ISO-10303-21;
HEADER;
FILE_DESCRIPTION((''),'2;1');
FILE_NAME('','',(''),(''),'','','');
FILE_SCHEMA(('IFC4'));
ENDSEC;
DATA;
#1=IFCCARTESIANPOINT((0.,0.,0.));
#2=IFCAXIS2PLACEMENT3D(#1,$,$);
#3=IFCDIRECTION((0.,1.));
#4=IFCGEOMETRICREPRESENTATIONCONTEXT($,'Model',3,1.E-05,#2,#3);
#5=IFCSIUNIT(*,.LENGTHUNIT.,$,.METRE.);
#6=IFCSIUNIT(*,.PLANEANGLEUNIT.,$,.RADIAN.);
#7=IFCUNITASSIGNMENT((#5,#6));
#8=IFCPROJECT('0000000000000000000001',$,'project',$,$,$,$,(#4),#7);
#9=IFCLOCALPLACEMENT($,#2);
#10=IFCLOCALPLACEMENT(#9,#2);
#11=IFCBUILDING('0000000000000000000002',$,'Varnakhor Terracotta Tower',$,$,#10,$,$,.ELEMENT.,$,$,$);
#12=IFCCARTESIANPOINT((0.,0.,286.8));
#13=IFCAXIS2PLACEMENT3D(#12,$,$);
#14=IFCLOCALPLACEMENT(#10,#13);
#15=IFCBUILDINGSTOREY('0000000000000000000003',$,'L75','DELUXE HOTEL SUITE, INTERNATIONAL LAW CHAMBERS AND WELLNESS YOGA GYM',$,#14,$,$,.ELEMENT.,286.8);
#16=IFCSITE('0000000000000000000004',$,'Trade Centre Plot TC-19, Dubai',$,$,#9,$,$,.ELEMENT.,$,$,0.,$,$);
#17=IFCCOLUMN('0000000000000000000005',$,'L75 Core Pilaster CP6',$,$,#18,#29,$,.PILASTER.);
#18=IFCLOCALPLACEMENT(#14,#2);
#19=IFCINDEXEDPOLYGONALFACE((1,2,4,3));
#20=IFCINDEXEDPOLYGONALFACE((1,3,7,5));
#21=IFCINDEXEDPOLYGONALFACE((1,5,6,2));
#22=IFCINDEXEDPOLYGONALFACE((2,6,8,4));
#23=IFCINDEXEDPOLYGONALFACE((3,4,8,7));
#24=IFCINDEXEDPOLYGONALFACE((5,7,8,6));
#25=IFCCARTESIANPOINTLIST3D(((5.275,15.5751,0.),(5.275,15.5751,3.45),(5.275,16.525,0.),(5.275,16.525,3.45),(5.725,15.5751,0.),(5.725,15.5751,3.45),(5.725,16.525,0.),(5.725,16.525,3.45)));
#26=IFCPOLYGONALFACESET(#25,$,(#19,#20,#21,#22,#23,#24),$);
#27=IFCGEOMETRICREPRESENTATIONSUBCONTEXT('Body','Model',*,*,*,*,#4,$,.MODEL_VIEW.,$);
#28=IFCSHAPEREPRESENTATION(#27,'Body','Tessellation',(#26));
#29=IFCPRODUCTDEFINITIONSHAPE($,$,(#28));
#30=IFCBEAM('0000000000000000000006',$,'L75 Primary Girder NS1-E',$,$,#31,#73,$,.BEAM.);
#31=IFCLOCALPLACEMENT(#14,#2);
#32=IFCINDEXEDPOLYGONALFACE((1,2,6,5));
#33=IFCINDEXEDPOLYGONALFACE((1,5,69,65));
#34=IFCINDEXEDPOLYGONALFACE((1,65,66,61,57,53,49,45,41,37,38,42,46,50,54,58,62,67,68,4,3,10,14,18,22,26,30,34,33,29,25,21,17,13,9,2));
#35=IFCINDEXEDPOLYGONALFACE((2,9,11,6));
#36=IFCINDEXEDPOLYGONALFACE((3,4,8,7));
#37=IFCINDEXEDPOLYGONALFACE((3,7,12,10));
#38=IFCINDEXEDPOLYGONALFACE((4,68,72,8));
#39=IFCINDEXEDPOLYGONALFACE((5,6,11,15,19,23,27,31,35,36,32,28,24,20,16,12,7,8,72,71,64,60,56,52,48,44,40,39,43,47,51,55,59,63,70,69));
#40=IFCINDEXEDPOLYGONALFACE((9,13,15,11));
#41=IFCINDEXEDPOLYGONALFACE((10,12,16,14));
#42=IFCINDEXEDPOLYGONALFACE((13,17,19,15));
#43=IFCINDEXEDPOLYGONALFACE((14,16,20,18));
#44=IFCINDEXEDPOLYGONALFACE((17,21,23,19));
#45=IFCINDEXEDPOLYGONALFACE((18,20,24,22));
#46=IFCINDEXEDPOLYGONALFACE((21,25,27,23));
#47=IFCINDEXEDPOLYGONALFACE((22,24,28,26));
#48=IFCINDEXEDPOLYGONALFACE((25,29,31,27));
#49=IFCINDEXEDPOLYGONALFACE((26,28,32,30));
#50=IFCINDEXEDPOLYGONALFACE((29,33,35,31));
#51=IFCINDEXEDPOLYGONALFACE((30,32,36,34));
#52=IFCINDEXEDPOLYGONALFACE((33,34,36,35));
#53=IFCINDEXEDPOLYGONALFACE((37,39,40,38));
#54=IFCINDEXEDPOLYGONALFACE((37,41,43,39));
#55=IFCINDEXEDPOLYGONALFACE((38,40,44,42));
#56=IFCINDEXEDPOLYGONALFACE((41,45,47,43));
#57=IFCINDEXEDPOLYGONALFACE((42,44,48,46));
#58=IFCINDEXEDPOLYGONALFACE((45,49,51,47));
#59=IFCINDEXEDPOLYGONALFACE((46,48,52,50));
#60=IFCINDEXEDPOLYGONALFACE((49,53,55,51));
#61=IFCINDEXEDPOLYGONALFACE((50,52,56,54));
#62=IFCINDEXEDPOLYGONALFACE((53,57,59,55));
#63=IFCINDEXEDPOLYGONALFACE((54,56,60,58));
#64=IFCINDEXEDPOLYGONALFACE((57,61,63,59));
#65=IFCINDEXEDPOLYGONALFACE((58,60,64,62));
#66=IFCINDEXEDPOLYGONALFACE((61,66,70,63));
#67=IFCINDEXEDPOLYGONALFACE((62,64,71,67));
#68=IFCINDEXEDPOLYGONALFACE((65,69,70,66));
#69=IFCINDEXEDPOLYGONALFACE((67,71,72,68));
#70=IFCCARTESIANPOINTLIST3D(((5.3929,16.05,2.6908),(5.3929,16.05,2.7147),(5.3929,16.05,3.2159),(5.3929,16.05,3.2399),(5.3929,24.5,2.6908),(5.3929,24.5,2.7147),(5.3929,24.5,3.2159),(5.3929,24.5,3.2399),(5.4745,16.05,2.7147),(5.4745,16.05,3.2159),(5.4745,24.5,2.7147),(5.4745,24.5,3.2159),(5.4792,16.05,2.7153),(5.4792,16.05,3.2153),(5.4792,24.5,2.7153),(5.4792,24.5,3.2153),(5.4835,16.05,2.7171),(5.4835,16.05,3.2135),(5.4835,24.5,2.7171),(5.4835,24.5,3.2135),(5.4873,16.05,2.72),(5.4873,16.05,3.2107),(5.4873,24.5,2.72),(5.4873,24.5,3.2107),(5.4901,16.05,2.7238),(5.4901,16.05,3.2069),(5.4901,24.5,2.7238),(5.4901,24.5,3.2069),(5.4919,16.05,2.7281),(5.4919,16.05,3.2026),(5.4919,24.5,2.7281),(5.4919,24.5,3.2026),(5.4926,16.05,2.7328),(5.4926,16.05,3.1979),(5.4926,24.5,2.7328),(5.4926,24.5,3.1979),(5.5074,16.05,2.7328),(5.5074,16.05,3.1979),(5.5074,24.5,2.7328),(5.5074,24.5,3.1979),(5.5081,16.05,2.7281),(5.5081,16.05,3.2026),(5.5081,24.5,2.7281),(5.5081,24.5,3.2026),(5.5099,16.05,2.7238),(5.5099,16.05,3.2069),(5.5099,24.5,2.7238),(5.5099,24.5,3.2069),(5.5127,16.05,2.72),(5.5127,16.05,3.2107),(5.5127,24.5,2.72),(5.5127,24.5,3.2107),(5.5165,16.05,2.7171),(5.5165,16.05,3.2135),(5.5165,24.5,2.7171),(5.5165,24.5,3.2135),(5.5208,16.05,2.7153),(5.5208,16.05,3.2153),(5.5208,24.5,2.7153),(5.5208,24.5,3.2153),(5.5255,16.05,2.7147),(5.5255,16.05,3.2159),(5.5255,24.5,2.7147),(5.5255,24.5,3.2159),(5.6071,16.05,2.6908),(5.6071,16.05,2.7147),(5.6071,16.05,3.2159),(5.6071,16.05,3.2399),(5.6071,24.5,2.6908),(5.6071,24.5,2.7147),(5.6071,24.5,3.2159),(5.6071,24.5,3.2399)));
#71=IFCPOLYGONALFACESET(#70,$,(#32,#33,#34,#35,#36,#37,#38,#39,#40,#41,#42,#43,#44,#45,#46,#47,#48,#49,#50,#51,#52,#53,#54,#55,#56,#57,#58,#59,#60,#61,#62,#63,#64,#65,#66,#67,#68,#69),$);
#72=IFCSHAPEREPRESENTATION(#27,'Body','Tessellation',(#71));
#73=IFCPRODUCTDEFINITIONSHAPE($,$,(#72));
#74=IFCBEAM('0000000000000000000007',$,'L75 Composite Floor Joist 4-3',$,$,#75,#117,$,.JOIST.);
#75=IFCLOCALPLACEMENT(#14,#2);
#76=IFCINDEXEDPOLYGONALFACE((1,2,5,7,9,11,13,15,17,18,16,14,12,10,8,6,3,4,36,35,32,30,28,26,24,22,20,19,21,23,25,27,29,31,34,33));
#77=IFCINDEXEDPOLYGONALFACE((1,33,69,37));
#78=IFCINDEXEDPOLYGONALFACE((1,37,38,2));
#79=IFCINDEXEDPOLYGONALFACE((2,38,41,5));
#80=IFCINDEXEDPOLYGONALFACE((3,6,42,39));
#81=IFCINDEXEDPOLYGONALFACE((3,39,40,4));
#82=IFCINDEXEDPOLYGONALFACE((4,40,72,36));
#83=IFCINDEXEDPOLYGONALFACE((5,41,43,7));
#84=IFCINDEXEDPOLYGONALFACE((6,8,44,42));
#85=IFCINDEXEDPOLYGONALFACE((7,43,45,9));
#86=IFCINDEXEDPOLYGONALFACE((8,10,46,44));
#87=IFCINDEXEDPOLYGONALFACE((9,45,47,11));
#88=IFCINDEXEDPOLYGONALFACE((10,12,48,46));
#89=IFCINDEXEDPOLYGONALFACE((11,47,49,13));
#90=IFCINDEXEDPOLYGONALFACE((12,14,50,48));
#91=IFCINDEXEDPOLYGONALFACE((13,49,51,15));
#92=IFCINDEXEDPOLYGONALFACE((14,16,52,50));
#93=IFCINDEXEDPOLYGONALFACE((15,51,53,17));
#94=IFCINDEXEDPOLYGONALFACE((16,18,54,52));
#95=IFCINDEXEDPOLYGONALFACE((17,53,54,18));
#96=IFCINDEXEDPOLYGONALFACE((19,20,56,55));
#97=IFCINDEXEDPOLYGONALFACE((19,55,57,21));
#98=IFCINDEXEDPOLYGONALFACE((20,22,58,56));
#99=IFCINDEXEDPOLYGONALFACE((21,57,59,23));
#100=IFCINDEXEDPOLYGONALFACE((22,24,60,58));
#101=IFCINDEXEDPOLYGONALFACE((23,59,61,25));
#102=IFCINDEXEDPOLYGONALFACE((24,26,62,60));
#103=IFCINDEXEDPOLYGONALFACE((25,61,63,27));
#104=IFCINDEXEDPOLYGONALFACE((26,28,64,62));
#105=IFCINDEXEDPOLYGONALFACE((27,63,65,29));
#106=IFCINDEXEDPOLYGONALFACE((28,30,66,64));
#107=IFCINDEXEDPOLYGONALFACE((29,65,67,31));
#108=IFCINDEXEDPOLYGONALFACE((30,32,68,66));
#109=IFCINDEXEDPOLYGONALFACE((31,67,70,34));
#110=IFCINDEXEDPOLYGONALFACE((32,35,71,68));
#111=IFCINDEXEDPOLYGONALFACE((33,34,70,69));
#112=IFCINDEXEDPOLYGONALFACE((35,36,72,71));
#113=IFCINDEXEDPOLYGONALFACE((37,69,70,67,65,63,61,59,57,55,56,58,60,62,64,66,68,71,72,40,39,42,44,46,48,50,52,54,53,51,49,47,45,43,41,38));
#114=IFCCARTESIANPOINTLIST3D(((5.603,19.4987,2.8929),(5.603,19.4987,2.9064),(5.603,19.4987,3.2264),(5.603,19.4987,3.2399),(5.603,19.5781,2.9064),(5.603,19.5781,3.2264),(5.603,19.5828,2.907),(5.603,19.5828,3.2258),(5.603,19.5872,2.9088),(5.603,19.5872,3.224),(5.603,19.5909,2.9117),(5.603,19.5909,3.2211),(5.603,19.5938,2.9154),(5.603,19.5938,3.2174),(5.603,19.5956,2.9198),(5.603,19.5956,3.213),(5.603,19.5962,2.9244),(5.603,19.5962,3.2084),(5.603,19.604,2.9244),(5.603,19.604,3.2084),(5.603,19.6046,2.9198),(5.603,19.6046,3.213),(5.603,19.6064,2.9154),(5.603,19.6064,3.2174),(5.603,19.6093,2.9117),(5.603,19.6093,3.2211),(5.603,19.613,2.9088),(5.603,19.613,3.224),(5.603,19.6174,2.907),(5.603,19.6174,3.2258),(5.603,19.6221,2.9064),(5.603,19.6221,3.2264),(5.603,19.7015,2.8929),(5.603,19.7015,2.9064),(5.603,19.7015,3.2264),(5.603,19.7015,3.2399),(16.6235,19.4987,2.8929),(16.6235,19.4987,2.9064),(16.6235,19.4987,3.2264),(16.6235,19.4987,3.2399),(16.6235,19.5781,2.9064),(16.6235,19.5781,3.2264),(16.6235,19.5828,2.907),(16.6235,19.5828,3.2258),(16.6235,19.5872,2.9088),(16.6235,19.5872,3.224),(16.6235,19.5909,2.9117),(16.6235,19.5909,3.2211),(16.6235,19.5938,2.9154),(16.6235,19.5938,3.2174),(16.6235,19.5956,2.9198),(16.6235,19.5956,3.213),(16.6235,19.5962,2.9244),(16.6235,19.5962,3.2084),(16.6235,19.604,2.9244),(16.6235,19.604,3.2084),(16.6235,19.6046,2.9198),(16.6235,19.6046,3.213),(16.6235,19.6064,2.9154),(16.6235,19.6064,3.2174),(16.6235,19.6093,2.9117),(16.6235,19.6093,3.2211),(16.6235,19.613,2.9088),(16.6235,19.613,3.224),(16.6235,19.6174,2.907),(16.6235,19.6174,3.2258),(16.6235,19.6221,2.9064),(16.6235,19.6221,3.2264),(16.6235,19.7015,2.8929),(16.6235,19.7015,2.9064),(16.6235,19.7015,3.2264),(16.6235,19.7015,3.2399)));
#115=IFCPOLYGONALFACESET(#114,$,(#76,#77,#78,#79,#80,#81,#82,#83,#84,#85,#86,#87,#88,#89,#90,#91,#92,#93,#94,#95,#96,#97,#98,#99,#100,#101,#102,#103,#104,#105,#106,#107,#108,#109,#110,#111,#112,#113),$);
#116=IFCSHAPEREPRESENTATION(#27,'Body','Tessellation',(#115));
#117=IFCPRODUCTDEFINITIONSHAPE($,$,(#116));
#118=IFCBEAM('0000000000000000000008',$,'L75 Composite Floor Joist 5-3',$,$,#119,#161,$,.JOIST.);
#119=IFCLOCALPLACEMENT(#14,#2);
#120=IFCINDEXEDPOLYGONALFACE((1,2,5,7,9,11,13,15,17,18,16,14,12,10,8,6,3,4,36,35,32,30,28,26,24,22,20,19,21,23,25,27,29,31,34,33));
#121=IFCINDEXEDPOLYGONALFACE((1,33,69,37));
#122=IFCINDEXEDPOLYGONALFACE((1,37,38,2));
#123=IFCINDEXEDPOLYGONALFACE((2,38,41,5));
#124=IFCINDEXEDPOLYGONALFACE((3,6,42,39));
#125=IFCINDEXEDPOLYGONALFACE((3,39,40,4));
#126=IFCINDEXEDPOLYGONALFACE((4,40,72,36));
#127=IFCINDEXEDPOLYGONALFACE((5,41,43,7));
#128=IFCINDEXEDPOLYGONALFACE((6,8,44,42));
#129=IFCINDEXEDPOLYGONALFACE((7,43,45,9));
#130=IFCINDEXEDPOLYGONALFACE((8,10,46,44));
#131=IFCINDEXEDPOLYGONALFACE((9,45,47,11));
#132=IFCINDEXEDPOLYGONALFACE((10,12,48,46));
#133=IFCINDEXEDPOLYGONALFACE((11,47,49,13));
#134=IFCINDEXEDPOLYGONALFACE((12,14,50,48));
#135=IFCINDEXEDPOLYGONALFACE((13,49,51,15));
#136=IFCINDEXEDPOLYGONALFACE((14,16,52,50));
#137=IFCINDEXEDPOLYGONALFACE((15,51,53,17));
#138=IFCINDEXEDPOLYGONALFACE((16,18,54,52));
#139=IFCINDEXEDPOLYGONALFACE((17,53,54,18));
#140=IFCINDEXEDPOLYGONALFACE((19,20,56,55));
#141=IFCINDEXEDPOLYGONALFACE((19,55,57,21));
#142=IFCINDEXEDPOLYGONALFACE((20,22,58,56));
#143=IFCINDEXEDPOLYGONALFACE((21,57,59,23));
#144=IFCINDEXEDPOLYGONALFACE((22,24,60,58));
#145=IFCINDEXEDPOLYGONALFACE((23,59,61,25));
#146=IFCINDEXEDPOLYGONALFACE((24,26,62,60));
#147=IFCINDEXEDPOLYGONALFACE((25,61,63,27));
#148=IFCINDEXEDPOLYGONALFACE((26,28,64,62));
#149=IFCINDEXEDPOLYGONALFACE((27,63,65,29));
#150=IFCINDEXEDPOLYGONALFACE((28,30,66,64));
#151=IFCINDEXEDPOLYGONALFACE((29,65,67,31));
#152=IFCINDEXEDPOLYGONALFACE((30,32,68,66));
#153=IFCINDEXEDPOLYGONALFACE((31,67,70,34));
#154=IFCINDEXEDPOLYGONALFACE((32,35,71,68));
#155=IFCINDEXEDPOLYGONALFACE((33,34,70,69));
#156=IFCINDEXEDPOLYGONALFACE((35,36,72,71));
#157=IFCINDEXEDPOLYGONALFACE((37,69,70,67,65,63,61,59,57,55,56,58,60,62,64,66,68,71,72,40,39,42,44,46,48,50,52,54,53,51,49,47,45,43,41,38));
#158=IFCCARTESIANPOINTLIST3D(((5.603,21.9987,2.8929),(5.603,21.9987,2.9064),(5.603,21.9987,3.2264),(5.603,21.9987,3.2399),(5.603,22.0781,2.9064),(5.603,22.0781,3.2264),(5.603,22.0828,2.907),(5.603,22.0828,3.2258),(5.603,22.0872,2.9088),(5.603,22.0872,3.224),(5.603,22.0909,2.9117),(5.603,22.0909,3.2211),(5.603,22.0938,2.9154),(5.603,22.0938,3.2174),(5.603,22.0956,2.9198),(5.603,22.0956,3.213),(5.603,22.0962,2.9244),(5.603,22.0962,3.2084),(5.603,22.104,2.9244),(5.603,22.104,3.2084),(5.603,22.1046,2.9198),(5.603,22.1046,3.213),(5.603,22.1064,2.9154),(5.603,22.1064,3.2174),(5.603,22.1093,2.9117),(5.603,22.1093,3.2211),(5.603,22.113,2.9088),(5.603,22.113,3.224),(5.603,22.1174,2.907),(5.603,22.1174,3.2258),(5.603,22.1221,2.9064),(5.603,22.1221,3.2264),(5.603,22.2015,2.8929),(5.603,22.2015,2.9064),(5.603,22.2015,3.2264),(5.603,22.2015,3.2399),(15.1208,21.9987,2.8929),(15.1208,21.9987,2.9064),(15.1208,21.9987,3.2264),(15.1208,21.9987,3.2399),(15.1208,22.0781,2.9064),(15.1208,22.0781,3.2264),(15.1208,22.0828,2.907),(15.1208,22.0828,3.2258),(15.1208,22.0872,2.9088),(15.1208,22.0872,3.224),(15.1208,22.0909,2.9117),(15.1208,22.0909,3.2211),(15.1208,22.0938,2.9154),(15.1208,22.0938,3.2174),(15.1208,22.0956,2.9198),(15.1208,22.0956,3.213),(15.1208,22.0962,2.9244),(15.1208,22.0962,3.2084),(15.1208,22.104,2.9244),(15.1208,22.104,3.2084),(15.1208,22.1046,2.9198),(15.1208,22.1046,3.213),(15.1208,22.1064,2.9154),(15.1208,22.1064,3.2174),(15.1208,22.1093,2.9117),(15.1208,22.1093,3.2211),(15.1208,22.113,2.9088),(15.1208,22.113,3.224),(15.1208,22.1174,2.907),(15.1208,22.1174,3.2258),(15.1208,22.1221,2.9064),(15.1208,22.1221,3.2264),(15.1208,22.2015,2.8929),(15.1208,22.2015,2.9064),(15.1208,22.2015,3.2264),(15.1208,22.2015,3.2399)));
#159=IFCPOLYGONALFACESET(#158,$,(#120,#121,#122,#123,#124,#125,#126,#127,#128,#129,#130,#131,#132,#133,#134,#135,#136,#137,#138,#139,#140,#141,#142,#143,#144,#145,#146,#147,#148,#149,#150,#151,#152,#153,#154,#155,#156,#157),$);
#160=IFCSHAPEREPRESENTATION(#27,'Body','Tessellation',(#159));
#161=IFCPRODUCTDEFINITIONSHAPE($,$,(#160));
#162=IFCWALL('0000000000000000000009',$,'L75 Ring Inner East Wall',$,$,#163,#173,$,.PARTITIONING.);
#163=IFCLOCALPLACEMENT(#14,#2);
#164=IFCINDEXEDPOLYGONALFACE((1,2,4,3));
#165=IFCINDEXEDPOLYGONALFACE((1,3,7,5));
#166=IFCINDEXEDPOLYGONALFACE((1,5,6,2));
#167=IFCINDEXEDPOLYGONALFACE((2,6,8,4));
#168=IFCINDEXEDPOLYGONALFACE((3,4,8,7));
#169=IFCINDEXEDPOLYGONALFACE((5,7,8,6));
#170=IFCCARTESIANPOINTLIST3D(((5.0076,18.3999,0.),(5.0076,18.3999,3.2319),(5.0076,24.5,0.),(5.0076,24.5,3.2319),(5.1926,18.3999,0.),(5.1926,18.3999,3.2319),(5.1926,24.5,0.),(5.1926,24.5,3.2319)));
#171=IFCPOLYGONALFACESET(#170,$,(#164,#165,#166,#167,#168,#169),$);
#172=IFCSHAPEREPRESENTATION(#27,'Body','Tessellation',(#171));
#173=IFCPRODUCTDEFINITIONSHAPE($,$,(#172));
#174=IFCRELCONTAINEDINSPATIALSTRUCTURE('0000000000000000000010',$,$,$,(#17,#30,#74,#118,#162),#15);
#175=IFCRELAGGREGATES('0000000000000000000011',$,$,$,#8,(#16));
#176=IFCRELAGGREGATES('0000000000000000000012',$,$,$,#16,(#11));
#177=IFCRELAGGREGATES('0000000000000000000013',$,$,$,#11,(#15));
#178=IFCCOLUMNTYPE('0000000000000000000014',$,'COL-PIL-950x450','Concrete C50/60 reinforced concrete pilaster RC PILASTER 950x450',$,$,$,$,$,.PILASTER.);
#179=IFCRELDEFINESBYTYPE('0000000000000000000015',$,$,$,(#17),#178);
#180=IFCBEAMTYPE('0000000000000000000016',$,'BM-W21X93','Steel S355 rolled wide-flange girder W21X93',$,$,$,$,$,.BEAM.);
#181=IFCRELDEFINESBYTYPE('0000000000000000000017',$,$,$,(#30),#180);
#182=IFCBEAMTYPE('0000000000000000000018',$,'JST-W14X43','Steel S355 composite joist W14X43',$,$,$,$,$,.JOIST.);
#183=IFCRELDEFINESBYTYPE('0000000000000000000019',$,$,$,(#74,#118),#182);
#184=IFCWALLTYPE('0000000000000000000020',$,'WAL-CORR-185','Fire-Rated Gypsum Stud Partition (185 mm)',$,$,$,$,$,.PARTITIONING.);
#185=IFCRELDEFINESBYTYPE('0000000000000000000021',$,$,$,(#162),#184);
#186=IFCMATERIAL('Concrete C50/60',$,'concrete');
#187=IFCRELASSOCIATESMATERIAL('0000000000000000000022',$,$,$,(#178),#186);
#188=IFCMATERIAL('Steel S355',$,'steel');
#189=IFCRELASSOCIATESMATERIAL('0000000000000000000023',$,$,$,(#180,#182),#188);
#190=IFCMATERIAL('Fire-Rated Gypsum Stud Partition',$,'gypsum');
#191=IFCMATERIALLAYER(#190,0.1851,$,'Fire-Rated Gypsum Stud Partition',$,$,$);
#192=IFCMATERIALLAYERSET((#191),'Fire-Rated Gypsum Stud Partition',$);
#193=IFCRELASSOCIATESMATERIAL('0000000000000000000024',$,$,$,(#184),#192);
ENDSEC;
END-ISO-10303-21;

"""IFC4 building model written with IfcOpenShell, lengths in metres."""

from ifc_helpers import new_model, si_unit, direction, frame, frame_2d, origin, origin_2d, place, context, subcontext, project, spatial, rectangle, i_section, extrude, source, transform, mapped, material, layer, layer_set, material_profile, profile_set, type_object, type_shapes, element, save


model = new_model("IFC4")

# Units and contexts
model_context = context("Model", 3, precision=1e-05, world=origin(), true_north=direction((0.0, 1.0)))
body_context = subcontext(model_context, "Body", "Model", "MODEL_VIEW")
ifc_project = project(units=[si_unit("LENGTHUNIT", "METRE"), si_unit("PLANEANGLEUNIT", "RADIAN")], contexts=[model_context])

# Site, building, storey
site_placement = place(None, origin())
site = spatial("IfcSite", under=ifc_project, at=site_placement, Name="Trade Centre Plot TC-19, Dubai", CompositionType="ELEMENT", RefElevation=0.0)
building_placement = place(site_placement, origin())
building = spatial("IfcBuilding", under=site, at=building_placement, Name="Varnakhor Terracotta Tower", CompositionType="ELEMENT")
storey_placement = place(building_placement, frame((0.0, 0.0, 286.8)))
storey = spatial("IfcBuildingStorey", under=building, at=storey_placement, Name="L75", Description="DELUXE HOTEL SUITE, INTERNATIONAL LAW CHAMBERS AND WELLNESS YOGA GYM", CompositionType="ELEMENT", Elevation=286.8)

# Column
ifc_material_1 = material(Name="Concrete C50/60", Category="concrete")
ifc_material_profile_1 = material_profile(ifc_material_1, rectangle(XDim=0.45, YDim=0.95, at=origin_2d()), Name="RC PILASTER 950x450")
ifc_profile_set_1 = profile_set([ifc_material_profile_1], Name="Concrete C50/60")
column_type = type_object("IfcColumnType", Name="COL-PIL-950x450", Description="Concrete C50/60 reinforced concrete pilaster RC PILASTER 950x450", PredefinedType="PILASTER", material=ifc_profile_set_1)
shared_shape_1 = source(origin(), body_context, "Body", "SweptSolid", [
    extrude(rectangle(XDim=0.45, YDim=0.95, at=origin_2d()), origin(), (0.0, 0.0, 1.0), 3.45),
])
column_placement = place(storey_placement, frame((5.5, 16.05, 0.0), z_axis=(0.0, 0.0, 1.0), x_axis=(1.0, 0.0, 0.0)))
element("IfcColumn", 1, at=column_placement, inside=storey, type_object=column_type, Name="L75 Core Pilaster CP6", PredefinedType="PILASTER", context=body_context, shape_type="MappedRepresentation", body=[
    mapped(shared_shape_1, transform((0.0, 0.0, 0.0), scale=1.0)),
])

# Beams
ifc_material_2 = material(Name="Steel S355", Category="steel")
ifc_material_profile_2 = material_profile(ifc_material_2, i_section(OverallWidth=0.2141, OverallDepth=0.5491, WebThickness=0.0149, FlangeThickness=0.0239, FilletRadius=0.0181, at=origin_2d()), Name="W21X93")
ifc_profile_set_2 = profile_set([ifc_material_profile_2], Name="Steel S355")
beam_type_1 = type_object("IfcBeamType", Name="BM-W21X93", Description="Steel S355 rolled wide-flange girder W21X93", PredefinedType="BEAM", material=ifc_profile_set_2)
shared_shape_2 = source(origin(), body_context, "Body", "SweptSolid", [
    extrude(i_section(OverallWidth=0.2141, OverallDepth=0.5491, WebThickness=0.0149, FlangeThickness=0.0239, FilletRadius=0.0181, at=origin_2d()), origin(), (0.0, 0.0, 1.0), 8.45),
])
type_shapes(beam_type_1, [shared_shape_2])
beam_1_placement = place(storey_placement, frame((5.5, 16.05, 2.9653), z_axis=(0.0, 1.0, 0.0), x_axis=(-1.0, 0.0, 0.0)))
element("IfcBeam", 2, at=beam_1_placement, inside=storey, type_object=beam_type_1, Name="L75 Primary Girder NS1-E", PredefinedType="BEAM", context=body_context, shape_type="MappedRepresentation", body=[
    mapped(shared_shape_2, transform((0.0, 0.0, 0.0), scale=1.0)),
])
ifc_material_profile_3 = material_profile(ifc_material_2, i_section(OverallWidth=0.2029, OverallDepth=0.3469, WebThickness=0.0078, FlangeThickness=0.0134, FilletRadius=0.0181, at=origin_2d()), Name="W14X43")
ifc_profile_set_3 = profile_set([ifc_material_profile_3], Name="Steel S355")
beam_type_2 = type_object("IfcBeamType", Name="JST-W14X43", Description="Steel S355 composite joist W14X43", PredefinedType="JOIST", material=ifc_profile_set_3)
shared_shape_3 = source(origin(), body_context, "Body", "SweptSolid", [
    extrude(i_section(OverallWidth=0.2029, OverallDepth=0.3469, WebThickness=0.0078, FlangeThickness=0.0134, FilletRadius=0.0181, at=origin_2d()), origin(), (0.0, 0.0, 1.0), 11.0205),
])
beam_2_placement = place(storey_placement, frame((5.603, 19.6001, 3.0664), z_axis=(1.0, 0.0, 0.0), x_axis=(0.0, 1.0, 0.0)))
element("IfcBeam", 3, at=beam_2_placement, inside=storey, type_object=beam_type_2, Name="L75 Composite Floor Joist 4-3", PredefinedType="JOIST", context=body_context, shape_type="MappedRepresentation", body=[
    mapped(shared_shape_3, transform((0.0, 0.0, 0.0), scale=1.0)),
])
shared_shape_4 = source(origin(), body_context, "Body", "SweptSolid", [
    extrude(i_section(OverallWidth=0.2029, OverallDepth=0.3469, WebThickness=0.0078, FlangeThickness=0.0134, FilletRadius=0.0181, at=origin_2d()), origin(), (0.0, 0.0, 1.0), 9.5178),
])
beam_3_placement = place(storey_placement, frame((5.603, 22.1001, 3.0664), z_axis=(1.0, 0.0, 0.0), x_axis=(0.0, 1.0, 0.0)))
element("IfcBeam", 4, at=beam_3_placement, inside=storey, type_object=beam_type_2, Name="L75 Composite Floor Joist 5-3", PredefinedType="JOIST", context=body_context, shape_type="MappedRepresentation", body=[
    mapped(shared_shape_4, transform((0.0, 0.0, 0.0), scale=1.0)),
])

# Wall
ifc_material_3 = material(Name="Fire-Rated Gypsum Stud Partition", Category="gypsum")
ifc_layer_1 = layer(ifc_material_3, 0.1851, Name="Fire-Rated Gypsum Stud Partition")
ifc_layer_set_1 = layer_set([ifc_layer_1], Name="Fire-Rated Gypsum Stud Partition")
wall_type_1 = type_object("IfcWallType", Name="WAL-CORR-185", Description="Fire-Rated Gypsum Stud Partition (185 mm)", PredefinedType="PARTITIONING", material=ifc_layer_set_1)
wall_1_placement = place(storey_placement, frame((5.1001, 18.3999, 0.0), z_axis=(0.0, 0.0, 1.0), x_axis=(0.0, 1.0, 0.0)))
element("IfcWall", 5, at=wall_1_placement, inside=storey, type_object=wall_type_1, Name="L75 Ring Inner East Wall", PredefinedType="PARTITIONING", context=body_context, shape_type="SweptSolid", body=[
    extrude(rectangle(XDim=6.1001, YDim=0.1851, at=frame_2d((3.05, 0.0))), origin(), (0.0, 0.0, 1.0), 3.2319),
])

save(model, "model.ifc")
